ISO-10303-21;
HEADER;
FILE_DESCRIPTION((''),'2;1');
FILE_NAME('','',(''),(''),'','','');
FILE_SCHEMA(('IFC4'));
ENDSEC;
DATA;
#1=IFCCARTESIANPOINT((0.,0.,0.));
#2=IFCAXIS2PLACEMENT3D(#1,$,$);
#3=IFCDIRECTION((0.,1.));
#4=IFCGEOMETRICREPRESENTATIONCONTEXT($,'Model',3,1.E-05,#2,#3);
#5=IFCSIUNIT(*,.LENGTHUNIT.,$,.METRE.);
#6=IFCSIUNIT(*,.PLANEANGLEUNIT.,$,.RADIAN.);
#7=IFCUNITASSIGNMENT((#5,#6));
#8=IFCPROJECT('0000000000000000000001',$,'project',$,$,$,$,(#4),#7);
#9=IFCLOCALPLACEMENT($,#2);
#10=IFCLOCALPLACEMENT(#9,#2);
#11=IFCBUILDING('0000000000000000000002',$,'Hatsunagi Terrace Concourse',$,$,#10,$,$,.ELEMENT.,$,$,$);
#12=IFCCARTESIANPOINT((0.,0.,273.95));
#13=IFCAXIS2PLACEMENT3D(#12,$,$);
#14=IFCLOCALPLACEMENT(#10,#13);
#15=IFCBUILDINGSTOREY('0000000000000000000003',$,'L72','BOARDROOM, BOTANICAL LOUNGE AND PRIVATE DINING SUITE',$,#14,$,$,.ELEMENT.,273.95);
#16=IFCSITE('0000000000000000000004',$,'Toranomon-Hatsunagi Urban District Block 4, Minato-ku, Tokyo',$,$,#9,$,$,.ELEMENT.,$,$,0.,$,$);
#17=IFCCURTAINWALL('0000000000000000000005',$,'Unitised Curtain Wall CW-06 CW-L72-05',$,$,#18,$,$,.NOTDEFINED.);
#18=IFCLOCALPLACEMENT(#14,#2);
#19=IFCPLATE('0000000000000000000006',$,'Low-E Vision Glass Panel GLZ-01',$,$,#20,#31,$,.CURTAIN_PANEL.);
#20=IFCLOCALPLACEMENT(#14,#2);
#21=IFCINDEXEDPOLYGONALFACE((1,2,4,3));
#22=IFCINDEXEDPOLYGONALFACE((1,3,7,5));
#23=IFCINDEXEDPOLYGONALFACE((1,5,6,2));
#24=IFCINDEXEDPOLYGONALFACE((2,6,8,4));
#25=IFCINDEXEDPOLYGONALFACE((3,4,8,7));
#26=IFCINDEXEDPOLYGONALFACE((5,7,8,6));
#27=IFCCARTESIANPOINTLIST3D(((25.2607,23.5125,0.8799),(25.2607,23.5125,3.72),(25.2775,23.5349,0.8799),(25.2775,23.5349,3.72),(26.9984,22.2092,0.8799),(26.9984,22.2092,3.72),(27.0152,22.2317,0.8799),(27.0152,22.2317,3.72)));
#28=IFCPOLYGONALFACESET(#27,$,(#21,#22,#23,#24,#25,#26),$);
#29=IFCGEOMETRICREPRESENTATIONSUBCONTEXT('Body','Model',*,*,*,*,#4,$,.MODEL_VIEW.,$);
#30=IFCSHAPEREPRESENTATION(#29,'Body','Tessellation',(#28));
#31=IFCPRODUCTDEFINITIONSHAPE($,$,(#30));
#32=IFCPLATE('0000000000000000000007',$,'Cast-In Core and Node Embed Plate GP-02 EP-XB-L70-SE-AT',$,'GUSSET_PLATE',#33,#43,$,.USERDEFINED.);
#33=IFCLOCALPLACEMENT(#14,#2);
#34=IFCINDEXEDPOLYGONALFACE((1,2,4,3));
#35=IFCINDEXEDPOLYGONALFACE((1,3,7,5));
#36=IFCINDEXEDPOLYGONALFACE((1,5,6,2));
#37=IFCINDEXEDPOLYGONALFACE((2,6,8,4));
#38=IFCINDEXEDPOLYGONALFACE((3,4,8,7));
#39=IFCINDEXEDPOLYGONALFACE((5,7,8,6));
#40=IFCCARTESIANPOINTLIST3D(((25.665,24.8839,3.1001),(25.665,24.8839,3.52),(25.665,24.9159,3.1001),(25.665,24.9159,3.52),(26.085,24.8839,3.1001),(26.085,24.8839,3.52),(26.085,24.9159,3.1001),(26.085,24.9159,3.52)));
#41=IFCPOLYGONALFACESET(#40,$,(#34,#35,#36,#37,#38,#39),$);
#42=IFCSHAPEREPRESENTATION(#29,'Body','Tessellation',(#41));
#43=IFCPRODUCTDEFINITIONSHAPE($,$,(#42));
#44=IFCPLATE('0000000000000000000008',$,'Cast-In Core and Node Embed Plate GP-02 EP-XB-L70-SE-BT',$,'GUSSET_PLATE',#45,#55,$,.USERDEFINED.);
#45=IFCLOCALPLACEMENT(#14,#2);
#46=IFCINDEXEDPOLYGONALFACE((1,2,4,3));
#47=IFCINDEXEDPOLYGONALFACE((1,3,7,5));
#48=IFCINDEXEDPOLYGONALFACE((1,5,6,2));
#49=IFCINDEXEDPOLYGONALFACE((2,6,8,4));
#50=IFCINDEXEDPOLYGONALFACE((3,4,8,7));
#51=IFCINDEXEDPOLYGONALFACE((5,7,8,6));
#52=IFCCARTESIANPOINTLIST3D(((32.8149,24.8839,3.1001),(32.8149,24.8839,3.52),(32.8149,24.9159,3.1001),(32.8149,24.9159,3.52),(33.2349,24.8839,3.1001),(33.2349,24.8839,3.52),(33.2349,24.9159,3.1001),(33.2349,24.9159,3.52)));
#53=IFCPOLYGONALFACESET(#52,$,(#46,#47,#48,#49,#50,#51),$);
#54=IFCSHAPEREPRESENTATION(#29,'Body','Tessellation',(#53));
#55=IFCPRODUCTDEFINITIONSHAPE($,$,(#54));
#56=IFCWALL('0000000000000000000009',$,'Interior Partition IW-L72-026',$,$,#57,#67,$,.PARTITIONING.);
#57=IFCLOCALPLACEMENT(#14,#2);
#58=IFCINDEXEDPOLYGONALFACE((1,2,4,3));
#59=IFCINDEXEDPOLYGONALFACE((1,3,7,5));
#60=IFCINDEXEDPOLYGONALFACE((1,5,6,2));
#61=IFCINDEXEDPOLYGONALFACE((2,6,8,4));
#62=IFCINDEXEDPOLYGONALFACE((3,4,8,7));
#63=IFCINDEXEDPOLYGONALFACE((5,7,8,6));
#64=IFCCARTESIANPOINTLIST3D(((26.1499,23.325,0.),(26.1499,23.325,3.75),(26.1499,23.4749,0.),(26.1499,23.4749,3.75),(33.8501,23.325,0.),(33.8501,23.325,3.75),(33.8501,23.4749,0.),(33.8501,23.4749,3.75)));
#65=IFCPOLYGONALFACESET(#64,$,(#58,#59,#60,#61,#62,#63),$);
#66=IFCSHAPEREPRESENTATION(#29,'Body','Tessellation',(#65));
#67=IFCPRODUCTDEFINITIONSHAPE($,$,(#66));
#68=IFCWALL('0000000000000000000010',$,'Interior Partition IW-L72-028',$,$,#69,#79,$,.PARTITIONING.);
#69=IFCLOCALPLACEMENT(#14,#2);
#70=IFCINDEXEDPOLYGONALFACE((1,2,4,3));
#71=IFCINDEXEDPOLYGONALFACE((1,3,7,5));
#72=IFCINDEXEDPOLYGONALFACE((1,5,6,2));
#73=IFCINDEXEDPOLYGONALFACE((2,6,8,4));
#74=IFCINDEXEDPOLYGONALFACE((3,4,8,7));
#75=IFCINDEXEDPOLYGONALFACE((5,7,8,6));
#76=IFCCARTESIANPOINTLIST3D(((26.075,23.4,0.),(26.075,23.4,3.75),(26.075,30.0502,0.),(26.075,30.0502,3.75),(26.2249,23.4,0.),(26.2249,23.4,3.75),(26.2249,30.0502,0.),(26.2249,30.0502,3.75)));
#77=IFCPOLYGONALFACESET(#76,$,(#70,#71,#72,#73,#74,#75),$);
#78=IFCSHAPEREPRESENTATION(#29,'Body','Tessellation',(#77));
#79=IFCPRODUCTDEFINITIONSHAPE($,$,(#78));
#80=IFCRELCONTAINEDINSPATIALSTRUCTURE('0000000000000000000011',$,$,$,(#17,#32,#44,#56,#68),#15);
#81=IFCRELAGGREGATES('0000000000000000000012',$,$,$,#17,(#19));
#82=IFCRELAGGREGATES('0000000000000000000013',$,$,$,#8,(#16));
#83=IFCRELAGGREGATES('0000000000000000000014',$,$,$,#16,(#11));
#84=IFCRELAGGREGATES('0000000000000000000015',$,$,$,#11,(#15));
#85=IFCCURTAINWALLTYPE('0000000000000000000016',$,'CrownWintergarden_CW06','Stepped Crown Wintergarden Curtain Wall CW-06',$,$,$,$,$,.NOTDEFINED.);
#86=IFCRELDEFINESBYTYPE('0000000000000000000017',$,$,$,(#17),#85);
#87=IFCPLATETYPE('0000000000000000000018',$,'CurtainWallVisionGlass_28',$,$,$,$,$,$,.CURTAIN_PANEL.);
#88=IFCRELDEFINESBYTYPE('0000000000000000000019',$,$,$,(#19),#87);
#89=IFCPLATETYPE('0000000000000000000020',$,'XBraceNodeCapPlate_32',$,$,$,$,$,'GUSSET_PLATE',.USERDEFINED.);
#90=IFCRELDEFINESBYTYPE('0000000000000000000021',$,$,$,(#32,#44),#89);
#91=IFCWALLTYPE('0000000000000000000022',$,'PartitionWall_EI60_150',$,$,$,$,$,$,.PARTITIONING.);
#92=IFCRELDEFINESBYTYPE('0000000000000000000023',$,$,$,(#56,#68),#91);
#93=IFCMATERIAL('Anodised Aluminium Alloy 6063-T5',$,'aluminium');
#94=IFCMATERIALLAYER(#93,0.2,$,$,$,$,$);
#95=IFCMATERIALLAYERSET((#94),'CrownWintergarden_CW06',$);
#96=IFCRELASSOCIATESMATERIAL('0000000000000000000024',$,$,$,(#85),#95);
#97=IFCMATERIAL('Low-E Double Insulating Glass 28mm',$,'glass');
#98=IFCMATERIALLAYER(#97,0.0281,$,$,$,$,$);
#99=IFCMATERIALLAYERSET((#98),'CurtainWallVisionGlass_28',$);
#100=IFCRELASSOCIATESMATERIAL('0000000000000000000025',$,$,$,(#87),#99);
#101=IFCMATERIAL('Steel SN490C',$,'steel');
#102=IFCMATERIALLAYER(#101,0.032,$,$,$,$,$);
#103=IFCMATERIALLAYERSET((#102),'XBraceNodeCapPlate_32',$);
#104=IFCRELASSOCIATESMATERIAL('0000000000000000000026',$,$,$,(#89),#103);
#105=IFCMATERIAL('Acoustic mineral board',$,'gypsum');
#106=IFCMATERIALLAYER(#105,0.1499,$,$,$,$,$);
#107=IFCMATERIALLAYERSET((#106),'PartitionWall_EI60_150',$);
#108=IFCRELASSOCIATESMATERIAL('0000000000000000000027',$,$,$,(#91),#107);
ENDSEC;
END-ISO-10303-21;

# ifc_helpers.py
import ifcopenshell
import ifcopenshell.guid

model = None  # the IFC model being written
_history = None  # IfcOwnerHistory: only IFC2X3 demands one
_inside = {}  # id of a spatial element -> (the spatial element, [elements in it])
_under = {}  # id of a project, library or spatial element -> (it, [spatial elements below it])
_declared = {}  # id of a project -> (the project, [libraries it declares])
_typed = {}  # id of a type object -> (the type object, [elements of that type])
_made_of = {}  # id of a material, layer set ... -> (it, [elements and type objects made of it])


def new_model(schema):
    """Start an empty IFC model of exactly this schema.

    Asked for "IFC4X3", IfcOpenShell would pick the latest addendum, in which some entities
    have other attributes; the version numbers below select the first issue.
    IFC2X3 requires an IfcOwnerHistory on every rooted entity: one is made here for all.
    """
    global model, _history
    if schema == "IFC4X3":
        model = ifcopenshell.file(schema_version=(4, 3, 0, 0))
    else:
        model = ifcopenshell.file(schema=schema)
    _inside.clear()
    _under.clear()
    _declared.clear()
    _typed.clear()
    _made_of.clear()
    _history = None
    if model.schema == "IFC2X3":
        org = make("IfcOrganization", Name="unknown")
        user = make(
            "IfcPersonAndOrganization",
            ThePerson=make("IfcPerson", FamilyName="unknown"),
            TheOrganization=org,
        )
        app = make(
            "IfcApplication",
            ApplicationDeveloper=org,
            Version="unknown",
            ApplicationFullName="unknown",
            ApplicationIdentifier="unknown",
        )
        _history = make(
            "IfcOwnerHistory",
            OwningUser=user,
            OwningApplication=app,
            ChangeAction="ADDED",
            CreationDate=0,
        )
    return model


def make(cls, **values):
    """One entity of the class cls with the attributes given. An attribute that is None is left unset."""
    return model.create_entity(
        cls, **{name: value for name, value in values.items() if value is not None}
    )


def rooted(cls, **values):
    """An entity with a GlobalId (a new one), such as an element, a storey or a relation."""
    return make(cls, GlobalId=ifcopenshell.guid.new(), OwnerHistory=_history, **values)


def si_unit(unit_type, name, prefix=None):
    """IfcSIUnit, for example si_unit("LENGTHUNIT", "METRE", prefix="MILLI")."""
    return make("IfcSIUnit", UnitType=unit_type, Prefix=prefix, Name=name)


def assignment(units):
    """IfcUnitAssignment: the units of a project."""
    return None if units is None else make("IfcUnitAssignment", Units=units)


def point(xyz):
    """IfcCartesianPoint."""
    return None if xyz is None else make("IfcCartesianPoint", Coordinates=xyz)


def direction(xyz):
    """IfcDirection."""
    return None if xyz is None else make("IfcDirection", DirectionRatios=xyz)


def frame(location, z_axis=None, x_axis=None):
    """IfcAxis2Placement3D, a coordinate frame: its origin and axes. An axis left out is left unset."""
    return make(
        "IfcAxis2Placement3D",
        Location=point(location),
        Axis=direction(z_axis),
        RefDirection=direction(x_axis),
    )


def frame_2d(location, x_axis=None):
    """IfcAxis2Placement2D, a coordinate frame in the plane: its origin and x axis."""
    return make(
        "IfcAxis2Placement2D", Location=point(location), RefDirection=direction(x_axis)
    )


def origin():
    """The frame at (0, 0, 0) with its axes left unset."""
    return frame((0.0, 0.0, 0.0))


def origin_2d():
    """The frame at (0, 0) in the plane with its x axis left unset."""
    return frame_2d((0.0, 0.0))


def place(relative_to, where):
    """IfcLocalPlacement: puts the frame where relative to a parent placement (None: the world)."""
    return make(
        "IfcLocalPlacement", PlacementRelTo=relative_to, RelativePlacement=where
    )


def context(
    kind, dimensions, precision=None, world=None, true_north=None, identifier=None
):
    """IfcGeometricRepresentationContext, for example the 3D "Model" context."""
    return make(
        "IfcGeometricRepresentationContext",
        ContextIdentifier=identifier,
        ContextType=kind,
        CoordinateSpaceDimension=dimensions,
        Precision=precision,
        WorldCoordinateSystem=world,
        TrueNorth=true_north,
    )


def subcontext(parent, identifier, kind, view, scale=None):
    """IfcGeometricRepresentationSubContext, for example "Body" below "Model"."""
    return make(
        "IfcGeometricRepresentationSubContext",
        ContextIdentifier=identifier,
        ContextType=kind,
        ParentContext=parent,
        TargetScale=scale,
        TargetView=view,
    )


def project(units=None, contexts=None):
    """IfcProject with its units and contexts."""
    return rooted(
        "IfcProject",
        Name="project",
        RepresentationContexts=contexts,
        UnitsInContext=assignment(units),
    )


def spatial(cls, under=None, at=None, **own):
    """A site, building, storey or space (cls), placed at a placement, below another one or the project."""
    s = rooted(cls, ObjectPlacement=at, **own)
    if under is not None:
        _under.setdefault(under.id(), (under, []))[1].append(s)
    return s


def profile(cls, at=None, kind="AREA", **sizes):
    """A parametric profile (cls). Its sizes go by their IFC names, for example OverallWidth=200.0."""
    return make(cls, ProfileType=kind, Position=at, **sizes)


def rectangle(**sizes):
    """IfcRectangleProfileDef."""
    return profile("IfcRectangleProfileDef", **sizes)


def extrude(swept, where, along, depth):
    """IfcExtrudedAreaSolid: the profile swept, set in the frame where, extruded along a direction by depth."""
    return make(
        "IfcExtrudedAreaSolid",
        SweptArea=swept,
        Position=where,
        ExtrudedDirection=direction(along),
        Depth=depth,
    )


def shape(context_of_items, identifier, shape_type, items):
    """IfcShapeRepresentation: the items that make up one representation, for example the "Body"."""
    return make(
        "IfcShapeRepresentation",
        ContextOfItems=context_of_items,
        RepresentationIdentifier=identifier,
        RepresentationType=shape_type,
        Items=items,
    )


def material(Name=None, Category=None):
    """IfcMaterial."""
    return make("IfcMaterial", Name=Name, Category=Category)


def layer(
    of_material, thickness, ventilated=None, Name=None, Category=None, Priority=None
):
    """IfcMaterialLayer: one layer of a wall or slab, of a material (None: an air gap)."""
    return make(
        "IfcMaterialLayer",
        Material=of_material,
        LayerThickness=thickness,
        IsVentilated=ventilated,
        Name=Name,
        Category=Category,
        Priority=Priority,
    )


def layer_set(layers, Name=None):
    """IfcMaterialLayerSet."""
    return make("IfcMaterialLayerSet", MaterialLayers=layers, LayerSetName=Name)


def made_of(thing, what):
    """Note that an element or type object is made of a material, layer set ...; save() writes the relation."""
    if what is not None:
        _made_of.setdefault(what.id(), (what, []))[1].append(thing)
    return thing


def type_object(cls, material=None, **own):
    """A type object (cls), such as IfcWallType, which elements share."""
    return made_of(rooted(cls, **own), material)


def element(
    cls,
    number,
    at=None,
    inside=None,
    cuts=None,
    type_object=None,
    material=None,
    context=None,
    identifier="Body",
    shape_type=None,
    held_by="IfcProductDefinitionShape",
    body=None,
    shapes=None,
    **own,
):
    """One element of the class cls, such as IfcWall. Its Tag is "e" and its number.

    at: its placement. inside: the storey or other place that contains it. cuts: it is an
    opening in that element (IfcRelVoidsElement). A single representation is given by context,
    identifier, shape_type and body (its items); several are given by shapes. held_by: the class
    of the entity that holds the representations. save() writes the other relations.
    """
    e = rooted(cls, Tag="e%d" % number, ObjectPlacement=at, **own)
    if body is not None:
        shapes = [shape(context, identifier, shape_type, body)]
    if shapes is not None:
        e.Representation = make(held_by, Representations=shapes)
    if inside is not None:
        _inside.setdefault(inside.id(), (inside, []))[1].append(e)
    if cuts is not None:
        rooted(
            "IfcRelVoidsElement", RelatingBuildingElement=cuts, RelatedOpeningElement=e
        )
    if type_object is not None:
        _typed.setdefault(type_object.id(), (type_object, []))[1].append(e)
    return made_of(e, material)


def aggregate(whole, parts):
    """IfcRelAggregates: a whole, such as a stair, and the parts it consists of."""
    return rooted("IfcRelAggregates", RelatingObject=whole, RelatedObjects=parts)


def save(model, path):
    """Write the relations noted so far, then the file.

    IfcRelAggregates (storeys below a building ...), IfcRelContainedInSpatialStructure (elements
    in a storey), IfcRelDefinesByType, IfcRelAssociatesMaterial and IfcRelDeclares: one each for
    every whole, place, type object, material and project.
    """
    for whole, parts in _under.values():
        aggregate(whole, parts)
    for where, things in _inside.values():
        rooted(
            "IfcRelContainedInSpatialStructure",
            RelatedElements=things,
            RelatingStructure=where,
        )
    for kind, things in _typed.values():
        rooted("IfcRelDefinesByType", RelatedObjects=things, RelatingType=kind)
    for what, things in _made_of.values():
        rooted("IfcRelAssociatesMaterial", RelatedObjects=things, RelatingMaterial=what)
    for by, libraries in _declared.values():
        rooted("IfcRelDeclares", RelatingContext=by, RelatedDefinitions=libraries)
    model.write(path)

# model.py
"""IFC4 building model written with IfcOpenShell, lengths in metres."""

from ifc_helpers import new_model, si_unit, direction, frame, frame_2d, origin, origin_2d, place, context, subcontext, project, spatial, rectangle, extrude, material, layer, layer_set, type_object, element, aggregate, save


model = new_model("IFC4")

# Units and contexts
model_context = context("Model", 3, precision=1e-05, world=origin(), true_north=direction((0.0, 1.0)))
body_context = subcontext(model_context, "Body", "Model", "MODEL_VIEW")
ifc_project = project(units=[si_unit("LENGTHUNIT", "METRE"), si_unit("PLANEANGLEUNIT", "RADIAN")], contexts=[model_context])

# Site, building, storey
site_placement = place(None, origin())
site = spatial("IfcSite", under=ifc_project, at=site_placement, Name="Toranomon-Hatsunagi Urban District Block 4, Minato-ku, Tokyo", CompositionType="ELEMENT", RefElevation=0.0)
building_placement = place(site_placement, origin())
building = spatial("IfcBuilding", under=site, at=building_placement, Name="Hatsunagi Terrace Concourse", CompositionType="ELEMENT")
storey_placement = place(building_placement, frame((0.0, 0.0, 273.95)))
storey = spatial("IfcBuildingStorey", under=building, at=storey_placement, Name="L72", Description="BOARDROOM, BOTANICAL LOUNGE AND PRIVATE DINING SUITE", CompositionType="ELEMENT", Elevation=273.95)

# Curtain wall, plate
ifc_material_1 = material(Name="Anodised Aluminium Alloy 6063-T5", Category="aluminium")
ifc_layer_1 = layer(ifc_material_1, 0.2)
ifc_layer_set_1 = layer_set([ifc_layer_1], Name="CrownWintergarden_CW06")
curtain_wall_type = type_object("IfcCurtainWallType", Name="CrownWintergarden_CW06", Description="Stepped Crown Wintergarden Curtain Wall CW-06", PredefinedType="NOTDEFINED", material=ifc_layer_set_1)
curtain_wall_placement = place(storey_placement, origin())
curtain_wall = element("IfcCurtainWall", 1, at=curtain_wall_placement, inside=storey, type_object=curtain_wall_type, Name="Unitised Curtain Wall CW-06 CW-L72-05", PredefinedType="NOTDEFINED")
ifc_material_2 = material(Name="Low-E Double Insulating Glass 28mm", Category="glass")
ifc_layer_2 = layer(ifc_material_2, 0.0281)
ifc_layer_set_2 = layer_set([ifc_layer_2], Name="CurtainWallVisionGlass_28")
plate_type_1 = type_object("IfcPlateType", Name="CurtainWallVisionGlass_28", PredefinedType="CURTAIN_PANEL", material=ifc_layer_set_2)
plate_1_placement = place(storey_placement, frame((26.1379, 22.8721, 0.8799), z_axis=(0.0, 0.0, 1.0), x_axis=(-0.800007, 0.59999, 0.0)))
plate_1 = element("IfcPlate", 2, at=plate_1_placement, type_object=plate_type_1, Name="Low-E Vision Glass Panel GLZ-01", PredefinedType="CURTAIN_PANEL", context=body_context, shape_type="SweptSolid", body=[
    extrude(rectangle(XDim=2.1721, YDim=0.0281, at=origin_2d()), origin(), (0.0, 0.0, 1.0), 2.8401),
])
aggregate(curtain_wall, [plate_1])

# Plates
ifc_material_3 = material(Name="Steel SN490C", Category="steel")
ifc_layer_3 = layer(ifc_material_3, 0.032)
ifc_layer_set_3 = layer_set([ifc_layer_3], Name="XBraceNodeCapPlate_32")
plate_type_2 = type_object("IfcPlateType", Name="XBraceNodeCapPlate_32", ElementType="GUSSET_PLATE", PredefinedType="USERDEFINED", material=ifc_layer_set_3)
for number, where, z_axis, x_axis, name in (
    (3, (25.875, 24.8999, 3.1001), (0.0, 0.0, 1.0), (1.0, 0.0, 0.0), "Cast-In Core and Node Embed Plate GP-02 EP-XB-L70-SE-AT"),
    (4, (33.0249, 24.8999, 3.1001), (0.0, 0.0, 1.0), (1.0, 0.0, 0.0), "Cast-In Core and Node Embed Plate GP-02 EP-XB-L70-SE-BT"),
):
    element("IfcPlate", number, at=place(storey_placement, frame(where, z_axis=z_axis, x_axis=x_axis)), inside=storey, type_object=plate_type_2, Name=name, ObjectType="GUSSET_PLATE", PredefinedType="USERDEFINED", context=body_context, shape_type="SweptSolid", body=[
        extrude(rectangle(XDim=0.4199, YDim=0.032, at=origin_2d()), origin(), (0.0, 0.0, 1.0), 0.4199),
    ])

# Walls
ifc_material_4 = material(Name="Acoustic mineral board", Category="gypsum")
ifc_layer_4 = layer(ifc_material_4, 0.1499)
ifc_layer_set_4 = layer_set([ifc_layer_4], Name="PartitionWall_EI60_150")
wall_type = type_object("IfcWallType", Name="PartitionWall_EI60_150", PredefinedType="PARTITIONING", material=ifc_layer_set_4)
wall_1_placement = place(storey_placement, frame((26.1499, 23.3999, 0.0), z_axis=(0.0, 0.0, 1.0), x_axis=(1.0, 0.0, 0.0)))
element("IfcWall", 5, at=wall_1_placement, inside=storey, type_object=wall_type, Name="Interior Partition IW-L72-026", PredefinedType="PARTITIONING", context=body_context, shape_type="SweptSolid", body=[
    extrude(rectangle(XDim=7.7002, YDim=0.1499, at=frame_2d((3.8501, 0.0))), origin(), (0.0, 0.0, 1.0), 3.75),
])
wall_2_placement = place(storey_placement, frame((26.1499, 23.3999, 0.0), z_axis=(0.0, 0.0, 1.0), x_axis=(0.0, 1.0, 0.0)))
element("IfcWall", 6, at=wall_2_placement, inside=storey, type_object=wall_type, Name="Interior Partition IW-L72-028", PredefinedType="PARTITIONING", context=body_context, shape_type="SweptSolid", body=[
    extrude(rectangle(XDim=6.6501, YDim=0.1499, at=frame_2d((3.3252, 0.0))), origin(), (0.0, 0.0, 1.0), 3.75),
])

save(model, "model.ifc")
